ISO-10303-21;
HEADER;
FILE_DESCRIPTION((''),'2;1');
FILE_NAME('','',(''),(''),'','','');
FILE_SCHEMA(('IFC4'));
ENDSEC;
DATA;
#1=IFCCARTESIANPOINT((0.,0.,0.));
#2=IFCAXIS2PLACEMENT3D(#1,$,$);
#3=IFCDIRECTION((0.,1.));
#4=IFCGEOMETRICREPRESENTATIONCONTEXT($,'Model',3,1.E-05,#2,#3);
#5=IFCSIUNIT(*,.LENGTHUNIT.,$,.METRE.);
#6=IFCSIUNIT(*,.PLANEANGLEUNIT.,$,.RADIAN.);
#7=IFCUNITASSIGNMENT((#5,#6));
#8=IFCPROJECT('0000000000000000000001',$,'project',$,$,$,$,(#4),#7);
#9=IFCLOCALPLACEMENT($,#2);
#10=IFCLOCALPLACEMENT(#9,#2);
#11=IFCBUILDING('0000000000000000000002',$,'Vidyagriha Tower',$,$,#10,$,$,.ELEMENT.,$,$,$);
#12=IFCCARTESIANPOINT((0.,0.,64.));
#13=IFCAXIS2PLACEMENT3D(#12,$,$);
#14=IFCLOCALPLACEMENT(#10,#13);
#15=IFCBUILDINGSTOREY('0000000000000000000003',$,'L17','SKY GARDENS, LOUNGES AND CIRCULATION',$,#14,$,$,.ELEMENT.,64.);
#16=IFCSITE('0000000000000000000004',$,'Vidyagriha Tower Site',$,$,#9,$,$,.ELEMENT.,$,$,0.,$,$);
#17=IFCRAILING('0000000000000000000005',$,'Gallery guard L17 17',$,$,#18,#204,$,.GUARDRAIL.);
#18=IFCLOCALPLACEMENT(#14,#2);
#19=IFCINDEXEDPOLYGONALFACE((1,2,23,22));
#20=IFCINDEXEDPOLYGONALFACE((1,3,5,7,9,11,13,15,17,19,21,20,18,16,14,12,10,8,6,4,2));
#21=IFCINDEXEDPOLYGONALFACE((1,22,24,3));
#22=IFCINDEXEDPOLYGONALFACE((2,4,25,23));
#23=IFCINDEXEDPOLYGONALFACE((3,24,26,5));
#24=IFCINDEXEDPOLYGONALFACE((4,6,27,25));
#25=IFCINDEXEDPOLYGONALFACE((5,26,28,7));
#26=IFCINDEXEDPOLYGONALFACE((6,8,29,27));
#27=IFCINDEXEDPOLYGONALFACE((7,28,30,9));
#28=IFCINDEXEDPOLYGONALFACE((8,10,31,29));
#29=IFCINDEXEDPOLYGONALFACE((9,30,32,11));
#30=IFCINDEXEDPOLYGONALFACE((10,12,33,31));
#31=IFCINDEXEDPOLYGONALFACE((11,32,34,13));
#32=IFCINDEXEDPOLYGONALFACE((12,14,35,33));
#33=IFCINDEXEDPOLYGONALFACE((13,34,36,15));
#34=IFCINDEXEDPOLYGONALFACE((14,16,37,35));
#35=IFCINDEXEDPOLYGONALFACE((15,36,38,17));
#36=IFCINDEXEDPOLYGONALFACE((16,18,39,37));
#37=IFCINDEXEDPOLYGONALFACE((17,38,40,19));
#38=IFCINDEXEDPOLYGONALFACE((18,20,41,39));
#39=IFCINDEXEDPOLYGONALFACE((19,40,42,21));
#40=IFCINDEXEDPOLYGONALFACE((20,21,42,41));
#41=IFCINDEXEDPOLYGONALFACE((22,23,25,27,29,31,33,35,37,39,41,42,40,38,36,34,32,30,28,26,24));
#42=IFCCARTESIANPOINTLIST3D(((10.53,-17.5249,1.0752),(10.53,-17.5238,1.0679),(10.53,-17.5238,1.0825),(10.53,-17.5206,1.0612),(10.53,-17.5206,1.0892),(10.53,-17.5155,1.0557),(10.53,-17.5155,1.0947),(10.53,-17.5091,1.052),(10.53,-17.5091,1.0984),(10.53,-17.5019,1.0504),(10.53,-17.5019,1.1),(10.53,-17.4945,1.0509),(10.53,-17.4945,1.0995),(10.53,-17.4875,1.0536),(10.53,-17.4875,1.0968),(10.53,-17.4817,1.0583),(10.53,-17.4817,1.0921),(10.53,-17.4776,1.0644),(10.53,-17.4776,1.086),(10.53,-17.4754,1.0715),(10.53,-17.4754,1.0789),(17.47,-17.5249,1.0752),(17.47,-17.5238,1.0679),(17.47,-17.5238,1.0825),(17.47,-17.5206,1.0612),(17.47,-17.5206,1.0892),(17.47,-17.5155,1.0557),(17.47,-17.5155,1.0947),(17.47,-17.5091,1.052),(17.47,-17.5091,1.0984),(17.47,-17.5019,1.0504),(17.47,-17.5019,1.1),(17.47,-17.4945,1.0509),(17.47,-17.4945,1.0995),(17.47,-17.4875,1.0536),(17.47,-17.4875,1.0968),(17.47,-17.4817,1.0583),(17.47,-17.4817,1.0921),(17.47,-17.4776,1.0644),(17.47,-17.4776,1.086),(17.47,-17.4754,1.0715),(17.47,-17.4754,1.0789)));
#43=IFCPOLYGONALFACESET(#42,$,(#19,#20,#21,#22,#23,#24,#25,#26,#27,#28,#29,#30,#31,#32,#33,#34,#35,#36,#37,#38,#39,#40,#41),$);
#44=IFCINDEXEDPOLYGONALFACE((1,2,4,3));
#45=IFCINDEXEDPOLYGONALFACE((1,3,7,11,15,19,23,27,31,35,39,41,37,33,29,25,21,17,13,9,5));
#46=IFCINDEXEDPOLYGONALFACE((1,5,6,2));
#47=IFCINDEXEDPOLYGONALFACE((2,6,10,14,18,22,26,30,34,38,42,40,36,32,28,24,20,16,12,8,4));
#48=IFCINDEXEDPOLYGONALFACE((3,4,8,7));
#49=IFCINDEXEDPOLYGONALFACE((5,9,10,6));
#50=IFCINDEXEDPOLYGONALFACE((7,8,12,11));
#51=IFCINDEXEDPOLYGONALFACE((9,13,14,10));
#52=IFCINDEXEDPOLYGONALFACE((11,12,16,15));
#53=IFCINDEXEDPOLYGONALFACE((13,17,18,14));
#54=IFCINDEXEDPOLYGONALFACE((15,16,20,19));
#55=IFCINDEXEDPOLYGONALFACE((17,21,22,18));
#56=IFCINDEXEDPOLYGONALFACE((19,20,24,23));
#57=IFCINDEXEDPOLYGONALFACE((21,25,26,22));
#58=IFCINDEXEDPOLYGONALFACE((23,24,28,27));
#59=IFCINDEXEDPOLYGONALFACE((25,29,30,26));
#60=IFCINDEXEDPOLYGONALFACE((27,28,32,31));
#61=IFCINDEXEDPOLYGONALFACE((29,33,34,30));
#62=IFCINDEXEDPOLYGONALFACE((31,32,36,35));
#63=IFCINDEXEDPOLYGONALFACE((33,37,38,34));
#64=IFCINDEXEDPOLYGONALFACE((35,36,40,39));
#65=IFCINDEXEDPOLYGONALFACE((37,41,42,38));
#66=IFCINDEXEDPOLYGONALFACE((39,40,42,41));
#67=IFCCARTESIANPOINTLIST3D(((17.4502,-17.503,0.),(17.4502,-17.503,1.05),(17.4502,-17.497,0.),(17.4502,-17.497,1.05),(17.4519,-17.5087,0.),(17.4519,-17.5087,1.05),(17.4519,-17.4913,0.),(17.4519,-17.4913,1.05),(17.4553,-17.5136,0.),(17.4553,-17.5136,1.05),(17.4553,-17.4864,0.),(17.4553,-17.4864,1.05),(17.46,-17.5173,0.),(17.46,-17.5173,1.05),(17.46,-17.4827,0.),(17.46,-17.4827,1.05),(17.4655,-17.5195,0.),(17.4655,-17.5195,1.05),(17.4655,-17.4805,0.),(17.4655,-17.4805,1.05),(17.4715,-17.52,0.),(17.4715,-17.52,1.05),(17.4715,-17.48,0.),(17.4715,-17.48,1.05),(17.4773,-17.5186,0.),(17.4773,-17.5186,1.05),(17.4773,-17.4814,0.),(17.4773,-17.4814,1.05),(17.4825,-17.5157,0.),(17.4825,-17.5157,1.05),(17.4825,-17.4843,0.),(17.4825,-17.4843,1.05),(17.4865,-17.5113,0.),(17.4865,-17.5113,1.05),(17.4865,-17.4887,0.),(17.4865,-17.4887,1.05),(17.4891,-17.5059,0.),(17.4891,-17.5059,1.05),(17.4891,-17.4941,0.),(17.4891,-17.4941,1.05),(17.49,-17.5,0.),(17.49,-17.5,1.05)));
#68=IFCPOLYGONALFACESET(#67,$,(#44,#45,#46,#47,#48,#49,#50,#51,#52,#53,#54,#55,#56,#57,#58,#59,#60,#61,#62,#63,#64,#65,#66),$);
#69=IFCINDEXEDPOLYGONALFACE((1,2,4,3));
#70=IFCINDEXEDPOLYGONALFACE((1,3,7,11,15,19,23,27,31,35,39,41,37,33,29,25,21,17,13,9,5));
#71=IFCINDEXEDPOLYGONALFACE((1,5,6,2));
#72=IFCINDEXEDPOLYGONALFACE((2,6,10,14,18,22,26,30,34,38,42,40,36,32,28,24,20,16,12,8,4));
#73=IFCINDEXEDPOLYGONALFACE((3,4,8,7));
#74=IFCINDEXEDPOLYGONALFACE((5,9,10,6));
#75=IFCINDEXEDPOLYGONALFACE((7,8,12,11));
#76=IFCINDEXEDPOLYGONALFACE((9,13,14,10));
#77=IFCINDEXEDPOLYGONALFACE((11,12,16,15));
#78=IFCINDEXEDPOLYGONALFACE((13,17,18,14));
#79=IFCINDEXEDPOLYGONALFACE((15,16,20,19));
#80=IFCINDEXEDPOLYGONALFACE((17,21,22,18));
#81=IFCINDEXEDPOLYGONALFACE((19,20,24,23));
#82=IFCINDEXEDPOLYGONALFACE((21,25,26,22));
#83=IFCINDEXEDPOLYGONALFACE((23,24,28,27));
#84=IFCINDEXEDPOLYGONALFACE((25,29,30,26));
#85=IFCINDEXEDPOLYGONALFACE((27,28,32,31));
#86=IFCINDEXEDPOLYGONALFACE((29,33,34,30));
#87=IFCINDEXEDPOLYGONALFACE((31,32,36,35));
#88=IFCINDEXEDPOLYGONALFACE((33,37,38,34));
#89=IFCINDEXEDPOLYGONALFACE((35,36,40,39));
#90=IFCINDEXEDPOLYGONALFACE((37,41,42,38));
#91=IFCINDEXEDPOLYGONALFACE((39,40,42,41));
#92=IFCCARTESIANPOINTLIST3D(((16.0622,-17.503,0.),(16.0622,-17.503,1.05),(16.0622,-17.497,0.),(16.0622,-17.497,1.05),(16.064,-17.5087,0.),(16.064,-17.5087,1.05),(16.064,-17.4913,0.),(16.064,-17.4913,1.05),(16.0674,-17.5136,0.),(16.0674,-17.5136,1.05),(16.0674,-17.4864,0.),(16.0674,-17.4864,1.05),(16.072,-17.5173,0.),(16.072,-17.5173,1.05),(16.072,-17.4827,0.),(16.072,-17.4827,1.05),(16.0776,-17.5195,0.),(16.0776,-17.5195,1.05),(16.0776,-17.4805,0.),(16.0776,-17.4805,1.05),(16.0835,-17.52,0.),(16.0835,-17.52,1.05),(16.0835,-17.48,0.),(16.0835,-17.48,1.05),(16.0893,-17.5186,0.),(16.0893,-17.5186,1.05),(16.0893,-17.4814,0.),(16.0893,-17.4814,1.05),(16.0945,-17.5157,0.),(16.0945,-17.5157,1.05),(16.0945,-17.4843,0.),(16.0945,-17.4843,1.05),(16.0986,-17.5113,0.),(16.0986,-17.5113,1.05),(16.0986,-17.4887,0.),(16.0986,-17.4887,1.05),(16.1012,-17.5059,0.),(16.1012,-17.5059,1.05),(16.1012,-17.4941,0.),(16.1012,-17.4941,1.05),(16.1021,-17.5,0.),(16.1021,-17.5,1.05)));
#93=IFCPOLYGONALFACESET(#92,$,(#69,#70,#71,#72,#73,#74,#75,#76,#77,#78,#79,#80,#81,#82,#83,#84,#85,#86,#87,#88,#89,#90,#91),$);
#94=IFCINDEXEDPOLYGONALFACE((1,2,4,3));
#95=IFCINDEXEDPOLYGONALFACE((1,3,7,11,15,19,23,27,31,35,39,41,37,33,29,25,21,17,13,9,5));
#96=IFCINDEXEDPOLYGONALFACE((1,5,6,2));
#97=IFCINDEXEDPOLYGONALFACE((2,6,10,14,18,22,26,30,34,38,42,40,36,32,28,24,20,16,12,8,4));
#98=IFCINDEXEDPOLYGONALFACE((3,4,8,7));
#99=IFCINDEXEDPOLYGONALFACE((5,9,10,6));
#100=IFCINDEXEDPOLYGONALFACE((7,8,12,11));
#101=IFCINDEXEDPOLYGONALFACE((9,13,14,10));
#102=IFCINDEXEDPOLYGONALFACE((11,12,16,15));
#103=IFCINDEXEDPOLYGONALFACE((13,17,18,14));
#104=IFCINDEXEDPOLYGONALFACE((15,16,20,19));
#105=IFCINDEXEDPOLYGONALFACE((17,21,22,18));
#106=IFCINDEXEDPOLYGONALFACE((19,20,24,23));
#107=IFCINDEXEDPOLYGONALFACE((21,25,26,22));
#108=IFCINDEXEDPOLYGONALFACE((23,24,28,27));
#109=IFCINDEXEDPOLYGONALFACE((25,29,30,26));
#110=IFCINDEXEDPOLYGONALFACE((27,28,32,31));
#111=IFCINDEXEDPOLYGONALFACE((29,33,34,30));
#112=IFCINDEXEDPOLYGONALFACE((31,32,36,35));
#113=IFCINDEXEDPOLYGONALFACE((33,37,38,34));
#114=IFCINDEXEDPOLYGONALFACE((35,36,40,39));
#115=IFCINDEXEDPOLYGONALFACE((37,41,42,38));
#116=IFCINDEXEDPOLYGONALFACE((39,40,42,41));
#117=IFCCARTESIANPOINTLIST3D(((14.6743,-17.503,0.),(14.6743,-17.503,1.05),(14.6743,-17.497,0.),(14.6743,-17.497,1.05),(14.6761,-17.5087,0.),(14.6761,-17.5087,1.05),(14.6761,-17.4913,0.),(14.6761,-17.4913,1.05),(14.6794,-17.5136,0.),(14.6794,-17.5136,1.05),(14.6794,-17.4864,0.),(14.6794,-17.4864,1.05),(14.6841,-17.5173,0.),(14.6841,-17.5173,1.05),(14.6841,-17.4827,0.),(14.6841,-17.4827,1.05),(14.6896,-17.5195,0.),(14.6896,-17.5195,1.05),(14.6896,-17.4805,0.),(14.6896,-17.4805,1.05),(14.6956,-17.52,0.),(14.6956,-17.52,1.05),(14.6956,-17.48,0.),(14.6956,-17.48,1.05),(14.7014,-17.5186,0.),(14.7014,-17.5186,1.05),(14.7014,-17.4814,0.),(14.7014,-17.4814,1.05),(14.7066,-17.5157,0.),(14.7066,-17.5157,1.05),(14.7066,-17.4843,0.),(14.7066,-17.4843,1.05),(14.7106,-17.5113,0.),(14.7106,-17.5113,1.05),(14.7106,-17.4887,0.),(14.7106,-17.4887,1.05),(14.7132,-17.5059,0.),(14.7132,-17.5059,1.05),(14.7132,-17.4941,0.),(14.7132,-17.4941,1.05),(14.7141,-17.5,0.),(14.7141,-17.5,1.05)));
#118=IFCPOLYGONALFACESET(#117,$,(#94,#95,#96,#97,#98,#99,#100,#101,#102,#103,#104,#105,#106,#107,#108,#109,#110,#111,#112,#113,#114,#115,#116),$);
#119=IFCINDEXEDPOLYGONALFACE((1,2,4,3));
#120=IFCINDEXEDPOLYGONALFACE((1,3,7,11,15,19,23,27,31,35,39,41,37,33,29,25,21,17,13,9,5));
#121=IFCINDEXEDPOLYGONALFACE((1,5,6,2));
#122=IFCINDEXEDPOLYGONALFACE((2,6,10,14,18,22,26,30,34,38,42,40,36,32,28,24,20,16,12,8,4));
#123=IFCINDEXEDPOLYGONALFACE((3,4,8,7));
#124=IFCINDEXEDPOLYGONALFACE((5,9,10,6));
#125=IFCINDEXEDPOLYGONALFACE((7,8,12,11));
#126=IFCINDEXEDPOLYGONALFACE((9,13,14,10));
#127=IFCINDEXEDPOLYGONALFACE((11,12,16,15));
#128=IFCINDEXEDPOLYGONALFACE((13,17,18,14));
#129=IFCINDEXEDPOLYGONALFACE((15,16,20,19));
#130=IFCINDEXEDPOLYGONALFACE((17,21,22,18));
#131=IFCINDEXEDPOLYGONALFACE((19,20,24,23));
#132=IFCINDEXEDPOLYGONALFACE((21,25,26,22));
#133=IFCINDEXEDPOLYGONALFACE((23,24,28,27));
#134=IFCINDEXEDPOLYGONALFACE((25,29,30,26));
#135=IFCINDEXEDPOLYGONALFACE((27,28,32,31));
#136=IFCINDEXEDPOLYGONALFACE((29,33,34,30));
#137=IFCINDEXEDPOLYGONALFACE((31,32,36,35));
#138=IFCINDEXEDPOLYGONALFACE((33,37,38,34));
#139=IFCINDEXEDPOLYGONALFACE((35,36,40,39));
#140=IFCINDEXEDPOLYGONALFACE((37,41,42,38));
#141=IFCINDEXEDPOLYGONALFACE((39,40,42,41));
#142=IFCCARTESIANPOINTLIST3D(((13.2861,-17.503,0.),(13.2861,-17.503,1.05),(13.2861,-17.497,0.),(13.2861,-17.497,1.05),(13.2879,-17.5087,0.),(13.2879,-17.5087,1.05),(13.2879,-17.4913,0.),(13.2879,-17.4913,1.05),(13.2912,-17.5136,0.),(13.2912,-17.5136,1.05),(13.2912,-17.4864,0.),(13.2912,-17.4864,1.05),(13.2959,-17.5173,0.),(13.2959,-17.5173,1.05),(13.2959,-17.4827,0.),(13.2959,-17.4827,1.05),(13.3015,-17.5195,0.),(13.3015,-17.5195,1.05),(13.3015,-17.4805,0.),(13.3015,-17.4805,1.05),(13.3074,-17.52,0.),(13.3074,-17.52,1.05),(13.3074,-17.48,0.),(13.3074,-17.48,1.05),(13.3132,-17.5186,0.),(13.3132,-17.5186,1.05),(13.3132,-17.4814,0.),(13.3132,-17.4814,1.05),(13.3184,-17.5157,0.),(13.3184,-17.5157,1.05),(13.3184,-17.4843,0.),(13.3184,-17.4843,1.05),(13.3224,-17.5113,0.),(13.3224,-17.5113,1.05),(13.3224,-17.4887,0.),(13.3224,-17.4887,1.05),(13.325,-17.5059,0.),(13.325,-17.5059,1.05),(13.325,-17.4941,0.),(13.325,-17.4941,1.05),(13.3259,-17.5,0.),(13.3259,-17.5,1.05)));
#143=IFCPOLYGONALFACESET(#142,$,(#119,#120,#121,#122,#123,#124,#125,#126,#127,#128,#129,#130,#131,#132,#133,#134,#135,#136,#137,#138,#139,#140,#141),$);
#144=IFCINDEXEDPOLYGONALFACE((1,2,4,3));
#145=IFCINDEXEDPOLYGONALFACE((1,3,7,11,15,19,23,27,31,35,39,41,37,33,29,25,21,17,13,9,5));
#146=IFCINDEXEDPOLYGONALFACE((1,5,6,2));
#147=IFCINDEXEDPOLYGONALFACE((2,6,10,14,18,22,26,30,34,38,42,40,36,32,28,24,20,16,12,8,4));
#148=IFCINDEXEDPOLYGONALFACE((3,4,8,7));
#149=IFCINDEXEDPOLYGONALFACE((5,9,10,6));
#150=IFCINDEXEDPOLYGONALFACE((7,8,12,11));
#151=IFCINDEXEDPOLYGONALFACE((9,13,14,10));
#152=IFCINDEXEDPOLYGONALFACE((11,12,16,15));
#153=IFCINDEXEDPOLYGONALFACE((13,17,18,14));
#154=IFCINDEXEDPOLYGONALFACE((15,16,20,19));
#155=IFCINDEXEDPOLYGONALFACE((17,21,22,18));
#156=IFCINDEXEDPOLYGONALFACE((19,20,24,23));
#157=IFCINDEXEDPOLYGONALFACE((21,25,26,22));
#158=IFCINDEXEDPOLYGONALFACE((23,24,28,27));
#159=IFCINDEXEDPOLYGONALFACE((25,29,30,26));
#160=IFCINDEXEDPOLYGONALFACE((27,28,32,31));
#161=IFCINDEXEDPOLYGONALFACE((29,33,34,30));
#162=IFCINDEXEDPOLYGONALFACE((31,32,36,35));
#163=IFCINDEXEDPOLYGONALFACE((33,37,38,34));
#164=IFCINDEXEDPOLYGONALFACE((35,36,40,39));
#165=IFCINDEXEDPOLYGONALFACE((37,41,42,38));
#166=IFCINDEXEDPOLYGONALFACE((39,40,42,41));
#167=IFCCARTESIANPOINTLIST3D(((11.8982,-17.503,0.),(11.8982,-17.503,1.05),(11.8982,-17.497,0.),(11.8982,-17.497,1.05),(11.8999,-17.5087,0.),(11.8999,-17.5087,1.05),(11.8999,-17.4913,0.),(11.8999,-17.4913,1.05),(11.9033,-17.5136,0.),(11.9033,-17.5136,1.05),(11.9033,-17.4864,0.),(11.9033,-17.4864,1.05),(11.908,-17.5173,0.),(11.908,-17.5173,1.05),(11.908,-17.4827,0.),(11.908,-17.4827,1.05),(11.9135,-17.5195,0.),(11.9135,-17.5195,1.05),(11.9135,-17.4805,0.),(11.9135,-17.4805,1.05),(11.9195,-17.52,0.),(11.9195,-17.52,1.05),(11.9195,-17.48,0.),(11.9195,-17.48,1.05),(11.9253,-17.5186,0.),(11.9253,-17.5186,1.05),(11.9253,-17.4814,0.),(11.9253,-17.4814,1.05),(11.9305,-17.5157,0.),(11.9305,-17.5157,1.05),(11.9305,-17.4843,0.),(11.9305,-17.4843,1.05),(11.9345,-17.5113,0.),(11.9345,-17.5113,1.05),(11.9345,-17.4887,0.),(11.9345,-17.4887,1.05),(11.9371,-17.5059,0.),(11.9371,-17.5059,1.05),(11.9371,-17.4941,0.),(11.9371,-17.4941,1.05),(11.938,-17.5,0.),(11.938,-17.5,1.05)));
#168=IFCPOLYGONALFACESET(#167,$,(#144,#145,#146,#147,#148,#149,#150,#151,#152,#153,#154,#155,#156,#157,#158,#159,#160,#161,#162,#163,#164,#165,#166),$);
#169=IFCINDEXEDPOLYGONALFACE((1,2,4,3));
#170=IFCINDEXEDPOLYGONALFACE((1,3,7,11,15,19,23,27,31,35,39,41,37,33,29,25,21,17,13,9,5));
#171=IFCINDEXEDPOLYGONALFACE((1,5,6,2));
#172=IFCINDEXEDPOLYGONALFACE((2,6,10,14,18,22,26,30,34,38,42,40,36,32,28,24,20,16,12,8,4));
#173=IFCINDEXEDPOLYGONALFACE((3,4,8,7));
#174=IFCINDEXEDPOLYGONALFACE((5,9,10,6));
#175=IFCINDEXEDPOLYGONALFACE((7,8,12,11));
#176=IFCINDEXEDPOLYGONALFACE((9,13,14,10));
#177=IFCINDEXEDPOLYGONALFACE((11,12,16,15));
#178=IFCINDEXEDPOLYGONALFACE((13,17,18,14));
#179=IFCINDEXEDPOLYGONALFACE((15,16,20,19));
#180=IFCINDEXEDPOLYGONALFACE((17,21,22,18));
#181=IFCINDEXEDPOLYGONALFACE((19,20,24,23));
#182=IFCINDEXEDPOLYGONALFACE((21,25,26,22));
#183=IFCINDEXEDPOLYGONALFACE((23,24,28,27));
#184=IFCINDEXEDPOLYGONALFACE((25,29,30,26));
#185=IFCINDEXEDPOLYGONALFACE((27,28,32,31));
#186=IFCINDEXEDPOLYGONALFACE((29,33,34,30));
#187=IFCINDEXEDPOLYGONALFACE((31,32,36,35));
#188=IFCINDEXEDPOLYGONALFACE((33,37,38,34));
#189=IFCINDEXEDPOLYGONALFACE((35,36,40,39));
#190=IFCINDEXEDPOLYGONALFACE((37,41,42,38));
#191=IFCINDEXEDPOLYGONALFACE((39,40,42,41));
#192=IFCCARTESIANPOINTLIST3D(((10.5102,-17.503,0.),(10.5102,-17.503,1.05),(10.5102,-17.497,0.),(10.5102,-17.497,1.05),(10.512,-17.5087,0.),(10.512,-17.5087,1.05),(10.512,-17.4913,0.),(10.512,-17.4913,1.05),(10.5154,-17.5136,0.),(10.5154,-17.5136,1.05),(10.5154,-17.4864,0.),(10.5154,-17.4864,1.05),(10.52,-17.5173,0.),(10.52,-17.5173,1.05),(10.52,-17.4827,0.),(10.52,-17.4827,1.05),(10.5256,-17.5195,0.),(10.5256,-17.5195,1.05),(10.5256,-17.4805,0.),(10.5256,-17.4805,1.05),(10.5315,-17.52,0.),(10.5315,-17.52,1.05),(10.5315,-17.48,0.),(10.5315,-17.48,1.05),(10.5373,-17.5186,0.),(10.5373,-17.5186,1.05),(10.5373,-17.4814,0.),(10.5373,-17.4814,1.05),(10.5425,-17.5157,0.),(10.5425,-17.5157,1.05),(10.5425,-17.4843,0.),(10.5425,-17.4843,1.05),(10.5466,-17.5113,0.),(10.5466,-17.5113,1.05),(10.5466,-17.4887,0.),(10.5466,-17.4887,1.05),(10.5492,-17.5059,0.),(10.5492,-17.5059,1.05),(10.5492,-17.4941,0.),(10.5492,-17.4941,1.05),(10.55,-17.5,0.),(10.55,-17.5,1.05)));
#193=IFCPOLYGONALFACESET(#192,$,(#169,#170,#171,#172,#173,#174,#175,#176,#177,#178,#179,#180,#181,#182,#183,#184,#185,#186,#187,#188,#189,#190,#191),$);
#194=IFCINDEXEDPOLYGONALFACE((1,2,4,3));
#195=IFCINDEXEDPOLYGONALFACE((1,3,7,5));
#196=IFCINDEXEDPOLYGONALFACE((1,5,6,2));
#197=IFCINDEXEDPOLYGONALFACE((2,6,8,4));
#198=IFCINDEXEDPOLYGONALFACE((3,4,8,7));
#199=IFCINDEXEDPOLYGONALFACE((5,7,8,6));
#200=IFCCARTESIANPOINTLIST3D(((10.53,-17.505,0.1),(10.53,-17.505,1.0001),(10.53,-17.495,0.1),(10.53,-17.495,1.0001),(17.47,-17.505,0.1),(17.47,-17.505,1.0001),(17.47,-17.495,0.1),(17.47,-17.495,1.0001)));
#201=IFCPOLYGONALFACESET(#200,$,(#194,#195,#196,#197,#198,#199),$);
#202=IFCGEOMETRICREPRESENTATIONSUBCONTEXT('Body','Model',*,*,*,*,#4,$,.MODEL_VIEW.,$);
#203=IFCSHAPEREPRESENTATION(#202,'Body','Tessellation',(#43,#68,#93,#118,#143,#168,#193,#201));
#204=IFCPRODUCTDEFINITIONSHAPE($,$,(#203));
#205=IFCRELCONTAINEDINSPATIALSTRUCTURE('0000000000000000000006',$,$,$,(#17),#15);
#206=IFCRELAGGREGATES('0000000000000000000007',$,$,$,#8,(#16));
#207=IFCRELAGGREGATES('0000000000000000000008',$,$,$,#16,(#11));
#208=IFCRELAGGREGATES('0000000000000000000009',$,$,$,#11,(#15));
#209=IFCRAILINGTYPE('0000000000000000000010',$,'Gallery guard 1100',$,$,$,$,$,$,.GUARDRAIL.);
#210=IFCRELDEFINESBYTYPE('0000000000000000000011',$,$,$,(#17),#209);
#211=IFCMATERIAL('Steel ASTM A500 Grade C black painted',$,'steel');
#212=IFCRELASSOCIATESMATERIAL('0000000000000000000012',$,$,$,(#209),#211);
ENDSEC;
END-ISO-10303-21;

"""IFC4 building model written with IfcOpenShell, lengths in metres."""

from ifc_helpers import new_model, si_unit, direction, frame, origin, origin_2d, place, context, subcontext, project, spatial, rectangle, circle, extrude, material, type_object, element, save


model = new_model("IFC4")

# Units and contexts
model_context = context("Model", 3, precision=1e-05, world=origin(), true_north=direction((0.0, 1.0)))
body_context = subcontext(model_context, "Body", "Model", "MODEL_VIEW")
ifc_project = project(units=[si_unit("LENGTHUNIT", "METRE"), si_unit("PLANEANGLEUNIT", "RADIAN")], contexts=[model_context])

# Site, building, storey
site_placement = place(None, origin())
site = spatial("IfcSite", under=ifc_project, at=site_placement, Name="Vidyagriha Tower Site", CompositionType="ELEMENT", RefElevation=0.0)
building_placement = place(site_placement, origin())
building = spatial("IfcBuilding", under=site, at=building_placement, Name="Vidyagriha Tower", CompositionType="ELEMENT")
storey_placement = place(building_placement, frame((0.0, 0.0, 64.0)))
storey = spatial("IfcBuildingStorey", under=building, at=storey_placement, Name="L17", Description="SKY GARDENS, LOUNGES AND CIRCULATION", CompositionType="ELEMENT", Elevation=64.0)

# Railing
ifc_material_1 = material(Name="Steel ASTM A500 Grade C black painted", Category="steel")
railing_type = type_object("IfcRailingType", Name="Gallery guard 1100", PredefinedType="GUARDRAIL", material=ifc_material_1)
for number, where, name in (
    (1, (17.47, -17.5, 0.0), "Gallery guard L17 17"),
):
    element("IfcRailing", number, at=place(storey_placement, frame(where)), inside=storey, type_object=railing_type, Name=name, PredefinedType="GUARDRAIL", context=body_context, shape_type="SweptSolid", body=[
        extrude(circle(Radius=0.0249, at=origin_2d()), frame((0.0, 0.0, 1.0752), z_axis=(-1.0, 0.0, 0.0), x_axis=(0.0, -1.0, 0.0)), (0.0, 0.0, 1.0), 6.9399),
        extrude(circle(Radius=0.02, at=origin_2d()), origin(), (0.0, 0.0, 1.0), 1.05),
        extrude(circle(Radius=0.02, at=origin_2d()), frame((-1.3879, 0.0, 0.0)), (0.0, 0.0, 1.0), 1.05),
        extrude(circle(Radius=0.02, at=origin_2d()), frame((-2.7759, 0.0, 0.0)), (0.0, 0.0, 1.0), 1.05),
        extrude(circle(Radius=0.02, at=origin_2d()), frame((-4.1641, 0.0, 0.0)), (0.0, 0.0, 1.0), 1.05),
        extrude(circle(Radius=0.02, at=origin_2d()), frame((-5.552, 0.0, 0.0)), (0.0, 0.0, 1.0), 1.05),
        extrude(circle(Radius=0.02, at=origin_2d()), frame((-6.9399, 0.0, 0.0)), (0.0, 0.0, 1.0), 1.05),
        extrude(rectangle(XDim=0.01, YDim=0.9001, at=origin_2d()), frame((0.0, 0.0, 0.55), z_axis=(-1.0, 0.0, 0.0), x_axis=(0.0, -1.0, 0.0)), (0.0, 0.0, 1.0), 6.9399),
    ])

save(model, "model.ifc")
